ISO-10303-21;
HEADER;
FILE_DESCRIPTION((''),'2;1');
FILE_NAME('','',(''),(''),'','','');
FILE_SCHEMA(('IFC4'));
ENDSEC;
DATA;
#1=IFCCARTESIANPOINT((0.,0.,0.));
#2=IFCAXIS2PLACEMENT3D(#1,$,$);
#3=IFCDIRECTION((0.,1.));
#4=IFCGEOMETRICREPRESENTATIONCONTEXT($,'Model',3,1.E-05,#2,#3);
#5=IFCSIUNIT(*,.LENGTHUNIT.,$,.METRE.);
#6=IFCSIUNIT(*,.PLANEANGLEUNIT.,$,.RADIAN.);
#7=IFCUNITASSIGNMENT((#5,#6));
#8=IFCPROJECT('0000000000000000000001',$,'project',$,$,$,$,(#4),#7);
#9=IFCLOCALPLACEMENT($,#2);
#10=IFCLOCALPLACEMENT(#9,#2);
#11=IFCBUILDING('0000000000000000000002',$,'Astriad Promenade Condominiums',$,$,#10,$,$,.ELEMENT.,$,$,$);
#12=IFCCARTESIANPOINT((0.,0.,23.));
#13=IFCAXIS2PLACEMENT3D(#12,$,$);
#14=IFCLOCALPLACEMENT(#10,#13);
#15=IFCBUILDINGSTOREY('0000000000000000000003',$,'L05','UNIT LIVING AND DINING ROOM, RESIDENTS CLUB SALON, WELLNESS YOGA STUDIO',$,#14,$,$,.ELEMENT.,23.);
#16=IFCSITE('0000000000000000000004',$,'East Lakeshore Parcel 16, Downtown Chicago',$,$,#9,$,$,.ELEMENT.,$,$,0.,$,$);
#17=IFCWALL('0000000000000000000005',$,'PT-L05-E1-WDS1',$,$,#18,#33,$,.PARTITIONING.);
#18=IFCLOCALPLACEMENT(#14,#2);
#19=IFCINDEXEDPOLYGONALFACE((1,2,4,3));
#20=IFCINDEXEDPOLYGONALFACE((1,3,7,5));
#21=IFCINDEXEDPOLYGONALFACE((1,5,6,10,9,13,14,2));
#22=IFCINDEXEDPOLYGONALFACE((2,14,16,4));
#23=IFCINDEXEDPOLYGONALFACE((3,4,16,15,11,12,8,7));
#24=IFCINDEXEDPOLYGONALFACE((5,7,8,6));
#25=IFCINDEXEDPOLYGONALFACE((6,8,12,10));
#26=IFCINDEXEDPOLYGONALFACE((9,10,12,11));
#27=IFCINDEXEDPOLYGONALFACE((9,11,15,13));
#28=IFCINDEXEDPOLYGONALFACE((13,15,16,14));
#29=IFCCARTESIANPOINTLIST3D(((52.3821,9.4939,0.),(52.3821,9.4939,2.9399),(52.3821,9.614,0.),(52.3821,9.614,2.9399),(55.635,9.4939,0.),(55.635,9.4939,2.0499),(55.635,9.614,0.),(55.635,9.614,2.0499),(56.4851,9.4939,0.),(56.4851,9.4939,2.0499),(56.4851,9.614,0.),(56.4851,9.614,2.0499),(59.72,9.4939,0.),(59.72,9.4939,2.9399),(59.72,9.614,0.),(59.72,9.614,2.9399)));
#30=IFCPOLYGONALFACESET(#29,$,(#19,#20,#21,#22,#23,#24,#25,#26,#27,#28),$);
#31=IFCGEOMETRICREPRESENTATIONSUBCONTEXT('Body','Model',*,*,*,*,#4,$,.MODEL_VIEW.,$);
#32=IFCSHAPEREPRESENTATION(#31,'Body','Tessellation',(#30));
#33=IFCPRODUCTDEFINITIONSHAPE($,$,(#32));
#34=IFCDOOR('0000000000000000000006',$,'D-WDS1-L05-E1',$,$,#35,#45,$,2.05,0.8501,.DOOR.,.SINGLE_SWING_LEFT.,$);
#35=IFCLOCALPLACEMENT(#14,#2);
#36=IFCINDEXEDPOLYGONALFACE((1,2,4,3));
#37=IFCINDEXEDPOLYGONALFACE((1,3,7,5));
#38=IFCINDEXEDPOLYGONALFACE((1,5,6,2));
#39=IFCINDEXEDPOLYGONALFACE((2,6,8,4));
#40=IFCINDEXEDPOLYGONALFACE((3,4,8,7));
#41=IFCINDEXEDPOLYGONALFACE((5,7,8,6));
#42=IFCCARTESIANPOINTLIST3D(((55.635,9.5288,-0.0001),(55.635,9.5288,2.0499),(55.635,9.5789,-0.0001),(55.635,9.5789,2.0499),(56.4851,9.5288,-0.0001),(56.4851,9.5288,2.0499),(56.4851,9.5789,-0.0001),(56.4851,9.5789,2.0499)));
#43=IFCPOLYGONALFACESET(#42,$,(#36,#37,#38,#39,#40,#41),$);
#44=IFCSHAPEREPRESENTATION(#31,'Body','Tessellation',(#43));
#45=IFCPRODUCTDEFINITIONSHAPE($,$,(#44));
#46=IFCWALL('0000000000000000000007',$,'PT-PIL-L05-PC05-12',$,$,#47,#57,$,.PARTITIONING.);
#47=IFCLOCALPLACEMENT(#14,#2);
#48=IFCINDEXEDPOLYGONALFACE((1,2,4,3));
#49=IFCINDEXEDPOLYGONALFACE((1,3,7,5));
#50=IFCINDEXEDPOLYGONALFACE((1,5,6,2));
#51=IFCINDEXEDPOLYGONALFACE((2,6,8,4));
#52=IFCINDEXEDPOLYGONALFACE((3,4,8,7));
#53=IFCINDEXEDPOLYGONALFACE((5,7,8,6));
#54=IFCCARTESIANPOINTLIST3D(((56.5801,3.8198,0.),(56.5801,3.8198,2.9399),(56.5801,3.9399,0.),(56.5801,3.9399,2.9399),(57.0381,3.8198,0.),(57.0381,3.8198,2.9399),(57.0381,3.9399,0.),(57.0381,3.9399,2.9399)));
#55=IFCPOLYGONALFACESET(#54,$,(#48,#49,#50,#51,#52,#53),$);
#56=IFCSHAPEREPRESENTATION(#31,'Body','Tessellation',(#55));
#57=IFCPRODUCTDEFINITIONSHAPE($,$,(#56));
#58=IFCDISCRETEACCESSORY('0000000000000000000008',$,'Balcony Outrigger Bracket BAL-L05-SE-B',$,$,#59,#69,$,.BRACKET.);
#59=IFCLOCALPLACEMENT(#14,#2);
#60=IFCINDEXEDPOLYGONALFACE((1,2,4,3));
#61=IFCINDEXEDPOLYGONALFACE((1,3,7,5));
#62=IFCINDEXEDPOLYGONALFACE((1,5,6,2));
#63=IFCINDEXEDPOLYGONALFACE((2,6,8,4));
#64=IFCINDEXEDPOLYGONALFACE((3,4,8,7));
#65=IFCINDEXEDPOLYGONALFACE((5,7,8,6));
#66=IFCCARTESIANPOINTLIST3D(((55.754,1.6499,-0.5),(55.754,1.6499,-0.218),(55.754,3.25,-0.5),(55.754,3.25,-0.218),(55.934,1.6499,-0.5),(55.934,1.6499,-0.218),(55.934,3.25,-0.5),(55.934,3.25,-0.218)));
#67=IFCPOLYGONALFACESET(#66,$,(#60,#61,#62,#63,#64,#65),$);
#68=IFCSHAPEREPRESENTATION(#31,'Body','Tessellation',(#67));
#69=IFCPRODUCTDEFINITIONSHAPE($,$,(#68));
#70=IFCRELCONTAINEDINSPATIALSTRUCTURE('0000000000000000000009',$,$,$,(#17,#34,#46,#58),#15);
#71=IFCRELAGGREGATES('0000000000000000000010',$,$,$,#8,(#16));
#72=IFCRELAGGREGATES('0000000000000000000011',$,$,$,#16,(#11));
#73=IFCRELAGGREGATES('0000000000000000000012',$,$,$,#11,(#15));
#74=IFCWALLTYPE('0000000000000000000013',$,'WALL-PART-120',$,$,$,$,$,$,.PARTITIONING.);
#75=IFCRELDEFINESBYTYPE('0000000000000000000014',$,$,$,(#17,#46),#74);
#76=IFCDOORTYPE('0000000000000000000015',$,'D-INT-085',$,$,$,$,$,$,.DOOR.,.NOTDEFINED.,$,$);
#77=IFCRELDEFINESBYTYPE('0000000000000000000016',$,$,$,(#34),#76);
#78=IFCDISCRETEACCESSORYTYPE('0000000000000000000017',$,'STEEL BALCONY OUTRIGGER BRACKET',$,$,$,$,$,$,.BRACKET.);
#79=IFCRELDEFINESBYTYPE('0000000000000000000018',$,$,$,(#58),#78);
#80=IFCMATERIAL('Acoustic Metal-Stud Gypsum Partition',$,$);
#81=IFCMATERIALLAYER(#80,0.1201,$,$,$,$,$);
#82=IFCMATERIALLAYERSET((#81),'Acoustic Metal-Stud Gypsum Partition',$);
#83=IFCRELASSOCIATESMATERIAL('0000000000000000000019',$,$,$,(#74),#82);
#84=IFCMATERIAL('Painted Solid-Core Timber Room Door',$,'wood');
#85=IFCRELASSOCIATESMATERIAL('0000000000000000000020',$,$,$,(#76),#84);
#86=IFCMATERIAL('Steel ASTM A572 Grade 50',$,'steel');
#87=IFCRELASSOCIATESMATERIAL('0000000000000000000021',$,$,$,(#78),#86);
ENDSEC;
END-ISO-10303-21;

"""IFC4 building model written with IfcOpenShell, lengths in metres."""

from ifc_helpers import new_model, si_unit, direction, frame, frame_2d, origin, origin_2d, place, context, subcontext, project, spatial, rectangle, extrude, source, transform, mapped, material, layer, layer_set, type_object, type_shapes, element, fill, save


model = new_model("IFC4")

# Units and contexts
model_context = context("Model", 3, precision=1e-05, world=origin(), true_north=direction((0.0, 1.0)))
body_context = subcontext(model_context, "Body", "Model", "MODEL_VIEW")
ifc_project = project(units=[si_unit("LENGTHUNIT", "METRE"), si_unit("PLANEANGLEUNIT", "RADIAN")], contexts=[model_context])

# Site, building, storey
site_placement = place(None, origin())
site = spatial("IfcSite", under=ifc_project, at=site_placement, Name="East Lakeshore Parcel 16, Downtown Chicago", CompositionType="ELEMENT", RefElevation=0.0)
building_placement = place(site_placement, origin())
building = spatial("IfcBuilding", under=site, at=building_placement, Name="Astriad Promenade Condominiums", CompositionType="ELEMENT")
storey_placement = place(building_placement, frame((0.0, 0.0, 23.0)))
storey = spatial("IfcBuildingStorey", under=building, at=storey_placement, Name="L05", Description="UNIT LIVING AND DINING ROOM, RESIDENTS CLUB SALON, WELLNESS YOGA STUDIO", CompositionType="ELEMENT", Elevation=23.0)

# Shared definitions
ifc_material_1 = material(Name="Acoustic Metal-Stud Gypsum Partition")
ifc_layer_1 = layer(ifc_material_1, 0.1201)
ifc_layer_set_1 = layer_set([ifc_layer_1], Name="Acoustic Metal-Stud Gypsum Partition")
wall_type_1 = type_object("IfcWallType", Name="WALL-PART-120", PredefinedType="PARTITIONING", material=ifc_layer_set_1)

# Shared definitions
ifc_material_2 = material(Name="Painted Solid-Core Timber Room Door", Category="wood")
door_type_1 = type_object("IfcDoorType", Name="D-INT-085", OperationType="NOTDEFINED", PredefinedType="DOOR", material=ifc_material_2)
shared_shape_1 = source(origin(), body_context, "Body", "SweptSolid", [
    extrude(rectangle(XDim=0.8501, YDim=2.05, at=frame_2d((0.425, 1.0249))), frame((0.0, 0.0249, 0.0), z_axis=(0.0, -1.0, 0.0), x_axis=(1.0, 0.0, 0.0)), (0.0, 0.0, 1.0), 0.05),
])
type_shapes(door_type_1, [shared_shape_1])

# Wall, opening, door
wall_1_placement = place(storey_placement, frame((52.3821, 9.554, 0.0), z_axis=(0.0, 0.0, 1.0), x_axis=(1.0, 0.0, 0.0)))
wall_1 = element("IfcWall", 1, at=wall_1_placement, inside=storey, type_object=wall_type_1, Name="PT-L05-E1-WDS1", PredefinedType="PARTITIONING", context=body_context, shape_type="SweptSolid", body=[
    extrude(rectangle(XDim=7.3379, YDim=0.1201, at=frame_2d((3.6689, 0.0))), origin(), (0.0, 0.0, 1.0), 2.9399),
])
opening_1_placement = place(wall_1_placement, frame((3.2529, 0.0, 0.0)))
opening_1 = element("IfcOpeningElement", 2, at=opening_1_placement, cuts=wall_1, PredefinedType="OPENING", context=body_context, shape_type="SweptSolid", body=[
    extrude(rectangle(XDim=0.8501, YDim=2.05, at=frame_2d((0.425, 1.0249))), frame((0.0, 0.0701, 0.0), z_axis=(0.0, -1.0, 0.0), x_axis=(1.0, 0.0, 0.0)), (0.0, 0.0, 1.0), 0.1401),
])
door_1_placement = place(opening_1_placement, origin())
door_1 = element("IfcDoor", 3, at=door_1_placement, inside=storey, type_object=door_type_1, Name="D-WDS1-L05-E1", OperationType="SINGLE_SWING_LEFT", OverallHeight=2.05, OverallWidth=0.8501, PredefinedType="DOOR", context=body_context, shape_type="MappedRepresentation", body=[
    mapped(shared_shape_1, transform((0.0, 0.0, 0.0), scale=1.0)),
])
fill(opening_1, door_1)

# Wall
wall_2_placement = place(storey_placement, frame((56.5801, 3.8799, 0.0), z_axis=(0.0, 0.0, 1.0), x_axis=(1.0, 0.0, 0.0)))
element("IfcWall", 4, at=wall_2_placement, inside=storey, type_object=wall_type_1, Name="PT-PIL-L05-PC05-12", PredefinedType="PARTITIONING", context=body_context, shape_type="SweptSolid", body=[
    extrude(rectangle(XDim=0.458, YDim=0.1201, at=frame_2d((0.229, 0.0))), origin(), (0.0, 0.0, 1.0), 2.9399),
])

# Discrete accessory
ifc_material_3 = material(Name="Steel ASTM A572 Grade 50", Category="steel")
discrete_accessory_type = type_object("IfcDiscreteAccessoryType", Name="STEEL BALCONY OUTRIGGER BRACKET", PredefinedType="BRACKET", material=ifc_material_3)
shared_shape_2 = source(origin(), body_context, "Body", "SweptSolid", [
    extrude(rectangle(XDim=1.6001, YDim=0.1799, at=origin_2d()), origin(), (0.0, 0.0, 1.0), 0.282),
])
type_shapes(discrete_accessory_type, [shared_shape_2])
discrete_accessory_placement = place(storey_placement, frame((55.844, 2.45, -0.5), z_axis=(0.0, 0.0, 1.0), x_axis=(0.0, -1.0, 0.0)))
element("IfcDiscreteAccessory", 5, at=discrete_accessory_placement, inside=storey, type_object=discrete_accessory_type, Name="Balcony Outrigger Bracket BAL-L05-SE-B", PredefinedType="BRACKET", context=body_context, shape_type="MappedRepresentation", body=[
    mapped(shared_shape_2, transform((0.0, 0.0, 0.0), scale=1.0)),
])

save(model, "model.ifc")
